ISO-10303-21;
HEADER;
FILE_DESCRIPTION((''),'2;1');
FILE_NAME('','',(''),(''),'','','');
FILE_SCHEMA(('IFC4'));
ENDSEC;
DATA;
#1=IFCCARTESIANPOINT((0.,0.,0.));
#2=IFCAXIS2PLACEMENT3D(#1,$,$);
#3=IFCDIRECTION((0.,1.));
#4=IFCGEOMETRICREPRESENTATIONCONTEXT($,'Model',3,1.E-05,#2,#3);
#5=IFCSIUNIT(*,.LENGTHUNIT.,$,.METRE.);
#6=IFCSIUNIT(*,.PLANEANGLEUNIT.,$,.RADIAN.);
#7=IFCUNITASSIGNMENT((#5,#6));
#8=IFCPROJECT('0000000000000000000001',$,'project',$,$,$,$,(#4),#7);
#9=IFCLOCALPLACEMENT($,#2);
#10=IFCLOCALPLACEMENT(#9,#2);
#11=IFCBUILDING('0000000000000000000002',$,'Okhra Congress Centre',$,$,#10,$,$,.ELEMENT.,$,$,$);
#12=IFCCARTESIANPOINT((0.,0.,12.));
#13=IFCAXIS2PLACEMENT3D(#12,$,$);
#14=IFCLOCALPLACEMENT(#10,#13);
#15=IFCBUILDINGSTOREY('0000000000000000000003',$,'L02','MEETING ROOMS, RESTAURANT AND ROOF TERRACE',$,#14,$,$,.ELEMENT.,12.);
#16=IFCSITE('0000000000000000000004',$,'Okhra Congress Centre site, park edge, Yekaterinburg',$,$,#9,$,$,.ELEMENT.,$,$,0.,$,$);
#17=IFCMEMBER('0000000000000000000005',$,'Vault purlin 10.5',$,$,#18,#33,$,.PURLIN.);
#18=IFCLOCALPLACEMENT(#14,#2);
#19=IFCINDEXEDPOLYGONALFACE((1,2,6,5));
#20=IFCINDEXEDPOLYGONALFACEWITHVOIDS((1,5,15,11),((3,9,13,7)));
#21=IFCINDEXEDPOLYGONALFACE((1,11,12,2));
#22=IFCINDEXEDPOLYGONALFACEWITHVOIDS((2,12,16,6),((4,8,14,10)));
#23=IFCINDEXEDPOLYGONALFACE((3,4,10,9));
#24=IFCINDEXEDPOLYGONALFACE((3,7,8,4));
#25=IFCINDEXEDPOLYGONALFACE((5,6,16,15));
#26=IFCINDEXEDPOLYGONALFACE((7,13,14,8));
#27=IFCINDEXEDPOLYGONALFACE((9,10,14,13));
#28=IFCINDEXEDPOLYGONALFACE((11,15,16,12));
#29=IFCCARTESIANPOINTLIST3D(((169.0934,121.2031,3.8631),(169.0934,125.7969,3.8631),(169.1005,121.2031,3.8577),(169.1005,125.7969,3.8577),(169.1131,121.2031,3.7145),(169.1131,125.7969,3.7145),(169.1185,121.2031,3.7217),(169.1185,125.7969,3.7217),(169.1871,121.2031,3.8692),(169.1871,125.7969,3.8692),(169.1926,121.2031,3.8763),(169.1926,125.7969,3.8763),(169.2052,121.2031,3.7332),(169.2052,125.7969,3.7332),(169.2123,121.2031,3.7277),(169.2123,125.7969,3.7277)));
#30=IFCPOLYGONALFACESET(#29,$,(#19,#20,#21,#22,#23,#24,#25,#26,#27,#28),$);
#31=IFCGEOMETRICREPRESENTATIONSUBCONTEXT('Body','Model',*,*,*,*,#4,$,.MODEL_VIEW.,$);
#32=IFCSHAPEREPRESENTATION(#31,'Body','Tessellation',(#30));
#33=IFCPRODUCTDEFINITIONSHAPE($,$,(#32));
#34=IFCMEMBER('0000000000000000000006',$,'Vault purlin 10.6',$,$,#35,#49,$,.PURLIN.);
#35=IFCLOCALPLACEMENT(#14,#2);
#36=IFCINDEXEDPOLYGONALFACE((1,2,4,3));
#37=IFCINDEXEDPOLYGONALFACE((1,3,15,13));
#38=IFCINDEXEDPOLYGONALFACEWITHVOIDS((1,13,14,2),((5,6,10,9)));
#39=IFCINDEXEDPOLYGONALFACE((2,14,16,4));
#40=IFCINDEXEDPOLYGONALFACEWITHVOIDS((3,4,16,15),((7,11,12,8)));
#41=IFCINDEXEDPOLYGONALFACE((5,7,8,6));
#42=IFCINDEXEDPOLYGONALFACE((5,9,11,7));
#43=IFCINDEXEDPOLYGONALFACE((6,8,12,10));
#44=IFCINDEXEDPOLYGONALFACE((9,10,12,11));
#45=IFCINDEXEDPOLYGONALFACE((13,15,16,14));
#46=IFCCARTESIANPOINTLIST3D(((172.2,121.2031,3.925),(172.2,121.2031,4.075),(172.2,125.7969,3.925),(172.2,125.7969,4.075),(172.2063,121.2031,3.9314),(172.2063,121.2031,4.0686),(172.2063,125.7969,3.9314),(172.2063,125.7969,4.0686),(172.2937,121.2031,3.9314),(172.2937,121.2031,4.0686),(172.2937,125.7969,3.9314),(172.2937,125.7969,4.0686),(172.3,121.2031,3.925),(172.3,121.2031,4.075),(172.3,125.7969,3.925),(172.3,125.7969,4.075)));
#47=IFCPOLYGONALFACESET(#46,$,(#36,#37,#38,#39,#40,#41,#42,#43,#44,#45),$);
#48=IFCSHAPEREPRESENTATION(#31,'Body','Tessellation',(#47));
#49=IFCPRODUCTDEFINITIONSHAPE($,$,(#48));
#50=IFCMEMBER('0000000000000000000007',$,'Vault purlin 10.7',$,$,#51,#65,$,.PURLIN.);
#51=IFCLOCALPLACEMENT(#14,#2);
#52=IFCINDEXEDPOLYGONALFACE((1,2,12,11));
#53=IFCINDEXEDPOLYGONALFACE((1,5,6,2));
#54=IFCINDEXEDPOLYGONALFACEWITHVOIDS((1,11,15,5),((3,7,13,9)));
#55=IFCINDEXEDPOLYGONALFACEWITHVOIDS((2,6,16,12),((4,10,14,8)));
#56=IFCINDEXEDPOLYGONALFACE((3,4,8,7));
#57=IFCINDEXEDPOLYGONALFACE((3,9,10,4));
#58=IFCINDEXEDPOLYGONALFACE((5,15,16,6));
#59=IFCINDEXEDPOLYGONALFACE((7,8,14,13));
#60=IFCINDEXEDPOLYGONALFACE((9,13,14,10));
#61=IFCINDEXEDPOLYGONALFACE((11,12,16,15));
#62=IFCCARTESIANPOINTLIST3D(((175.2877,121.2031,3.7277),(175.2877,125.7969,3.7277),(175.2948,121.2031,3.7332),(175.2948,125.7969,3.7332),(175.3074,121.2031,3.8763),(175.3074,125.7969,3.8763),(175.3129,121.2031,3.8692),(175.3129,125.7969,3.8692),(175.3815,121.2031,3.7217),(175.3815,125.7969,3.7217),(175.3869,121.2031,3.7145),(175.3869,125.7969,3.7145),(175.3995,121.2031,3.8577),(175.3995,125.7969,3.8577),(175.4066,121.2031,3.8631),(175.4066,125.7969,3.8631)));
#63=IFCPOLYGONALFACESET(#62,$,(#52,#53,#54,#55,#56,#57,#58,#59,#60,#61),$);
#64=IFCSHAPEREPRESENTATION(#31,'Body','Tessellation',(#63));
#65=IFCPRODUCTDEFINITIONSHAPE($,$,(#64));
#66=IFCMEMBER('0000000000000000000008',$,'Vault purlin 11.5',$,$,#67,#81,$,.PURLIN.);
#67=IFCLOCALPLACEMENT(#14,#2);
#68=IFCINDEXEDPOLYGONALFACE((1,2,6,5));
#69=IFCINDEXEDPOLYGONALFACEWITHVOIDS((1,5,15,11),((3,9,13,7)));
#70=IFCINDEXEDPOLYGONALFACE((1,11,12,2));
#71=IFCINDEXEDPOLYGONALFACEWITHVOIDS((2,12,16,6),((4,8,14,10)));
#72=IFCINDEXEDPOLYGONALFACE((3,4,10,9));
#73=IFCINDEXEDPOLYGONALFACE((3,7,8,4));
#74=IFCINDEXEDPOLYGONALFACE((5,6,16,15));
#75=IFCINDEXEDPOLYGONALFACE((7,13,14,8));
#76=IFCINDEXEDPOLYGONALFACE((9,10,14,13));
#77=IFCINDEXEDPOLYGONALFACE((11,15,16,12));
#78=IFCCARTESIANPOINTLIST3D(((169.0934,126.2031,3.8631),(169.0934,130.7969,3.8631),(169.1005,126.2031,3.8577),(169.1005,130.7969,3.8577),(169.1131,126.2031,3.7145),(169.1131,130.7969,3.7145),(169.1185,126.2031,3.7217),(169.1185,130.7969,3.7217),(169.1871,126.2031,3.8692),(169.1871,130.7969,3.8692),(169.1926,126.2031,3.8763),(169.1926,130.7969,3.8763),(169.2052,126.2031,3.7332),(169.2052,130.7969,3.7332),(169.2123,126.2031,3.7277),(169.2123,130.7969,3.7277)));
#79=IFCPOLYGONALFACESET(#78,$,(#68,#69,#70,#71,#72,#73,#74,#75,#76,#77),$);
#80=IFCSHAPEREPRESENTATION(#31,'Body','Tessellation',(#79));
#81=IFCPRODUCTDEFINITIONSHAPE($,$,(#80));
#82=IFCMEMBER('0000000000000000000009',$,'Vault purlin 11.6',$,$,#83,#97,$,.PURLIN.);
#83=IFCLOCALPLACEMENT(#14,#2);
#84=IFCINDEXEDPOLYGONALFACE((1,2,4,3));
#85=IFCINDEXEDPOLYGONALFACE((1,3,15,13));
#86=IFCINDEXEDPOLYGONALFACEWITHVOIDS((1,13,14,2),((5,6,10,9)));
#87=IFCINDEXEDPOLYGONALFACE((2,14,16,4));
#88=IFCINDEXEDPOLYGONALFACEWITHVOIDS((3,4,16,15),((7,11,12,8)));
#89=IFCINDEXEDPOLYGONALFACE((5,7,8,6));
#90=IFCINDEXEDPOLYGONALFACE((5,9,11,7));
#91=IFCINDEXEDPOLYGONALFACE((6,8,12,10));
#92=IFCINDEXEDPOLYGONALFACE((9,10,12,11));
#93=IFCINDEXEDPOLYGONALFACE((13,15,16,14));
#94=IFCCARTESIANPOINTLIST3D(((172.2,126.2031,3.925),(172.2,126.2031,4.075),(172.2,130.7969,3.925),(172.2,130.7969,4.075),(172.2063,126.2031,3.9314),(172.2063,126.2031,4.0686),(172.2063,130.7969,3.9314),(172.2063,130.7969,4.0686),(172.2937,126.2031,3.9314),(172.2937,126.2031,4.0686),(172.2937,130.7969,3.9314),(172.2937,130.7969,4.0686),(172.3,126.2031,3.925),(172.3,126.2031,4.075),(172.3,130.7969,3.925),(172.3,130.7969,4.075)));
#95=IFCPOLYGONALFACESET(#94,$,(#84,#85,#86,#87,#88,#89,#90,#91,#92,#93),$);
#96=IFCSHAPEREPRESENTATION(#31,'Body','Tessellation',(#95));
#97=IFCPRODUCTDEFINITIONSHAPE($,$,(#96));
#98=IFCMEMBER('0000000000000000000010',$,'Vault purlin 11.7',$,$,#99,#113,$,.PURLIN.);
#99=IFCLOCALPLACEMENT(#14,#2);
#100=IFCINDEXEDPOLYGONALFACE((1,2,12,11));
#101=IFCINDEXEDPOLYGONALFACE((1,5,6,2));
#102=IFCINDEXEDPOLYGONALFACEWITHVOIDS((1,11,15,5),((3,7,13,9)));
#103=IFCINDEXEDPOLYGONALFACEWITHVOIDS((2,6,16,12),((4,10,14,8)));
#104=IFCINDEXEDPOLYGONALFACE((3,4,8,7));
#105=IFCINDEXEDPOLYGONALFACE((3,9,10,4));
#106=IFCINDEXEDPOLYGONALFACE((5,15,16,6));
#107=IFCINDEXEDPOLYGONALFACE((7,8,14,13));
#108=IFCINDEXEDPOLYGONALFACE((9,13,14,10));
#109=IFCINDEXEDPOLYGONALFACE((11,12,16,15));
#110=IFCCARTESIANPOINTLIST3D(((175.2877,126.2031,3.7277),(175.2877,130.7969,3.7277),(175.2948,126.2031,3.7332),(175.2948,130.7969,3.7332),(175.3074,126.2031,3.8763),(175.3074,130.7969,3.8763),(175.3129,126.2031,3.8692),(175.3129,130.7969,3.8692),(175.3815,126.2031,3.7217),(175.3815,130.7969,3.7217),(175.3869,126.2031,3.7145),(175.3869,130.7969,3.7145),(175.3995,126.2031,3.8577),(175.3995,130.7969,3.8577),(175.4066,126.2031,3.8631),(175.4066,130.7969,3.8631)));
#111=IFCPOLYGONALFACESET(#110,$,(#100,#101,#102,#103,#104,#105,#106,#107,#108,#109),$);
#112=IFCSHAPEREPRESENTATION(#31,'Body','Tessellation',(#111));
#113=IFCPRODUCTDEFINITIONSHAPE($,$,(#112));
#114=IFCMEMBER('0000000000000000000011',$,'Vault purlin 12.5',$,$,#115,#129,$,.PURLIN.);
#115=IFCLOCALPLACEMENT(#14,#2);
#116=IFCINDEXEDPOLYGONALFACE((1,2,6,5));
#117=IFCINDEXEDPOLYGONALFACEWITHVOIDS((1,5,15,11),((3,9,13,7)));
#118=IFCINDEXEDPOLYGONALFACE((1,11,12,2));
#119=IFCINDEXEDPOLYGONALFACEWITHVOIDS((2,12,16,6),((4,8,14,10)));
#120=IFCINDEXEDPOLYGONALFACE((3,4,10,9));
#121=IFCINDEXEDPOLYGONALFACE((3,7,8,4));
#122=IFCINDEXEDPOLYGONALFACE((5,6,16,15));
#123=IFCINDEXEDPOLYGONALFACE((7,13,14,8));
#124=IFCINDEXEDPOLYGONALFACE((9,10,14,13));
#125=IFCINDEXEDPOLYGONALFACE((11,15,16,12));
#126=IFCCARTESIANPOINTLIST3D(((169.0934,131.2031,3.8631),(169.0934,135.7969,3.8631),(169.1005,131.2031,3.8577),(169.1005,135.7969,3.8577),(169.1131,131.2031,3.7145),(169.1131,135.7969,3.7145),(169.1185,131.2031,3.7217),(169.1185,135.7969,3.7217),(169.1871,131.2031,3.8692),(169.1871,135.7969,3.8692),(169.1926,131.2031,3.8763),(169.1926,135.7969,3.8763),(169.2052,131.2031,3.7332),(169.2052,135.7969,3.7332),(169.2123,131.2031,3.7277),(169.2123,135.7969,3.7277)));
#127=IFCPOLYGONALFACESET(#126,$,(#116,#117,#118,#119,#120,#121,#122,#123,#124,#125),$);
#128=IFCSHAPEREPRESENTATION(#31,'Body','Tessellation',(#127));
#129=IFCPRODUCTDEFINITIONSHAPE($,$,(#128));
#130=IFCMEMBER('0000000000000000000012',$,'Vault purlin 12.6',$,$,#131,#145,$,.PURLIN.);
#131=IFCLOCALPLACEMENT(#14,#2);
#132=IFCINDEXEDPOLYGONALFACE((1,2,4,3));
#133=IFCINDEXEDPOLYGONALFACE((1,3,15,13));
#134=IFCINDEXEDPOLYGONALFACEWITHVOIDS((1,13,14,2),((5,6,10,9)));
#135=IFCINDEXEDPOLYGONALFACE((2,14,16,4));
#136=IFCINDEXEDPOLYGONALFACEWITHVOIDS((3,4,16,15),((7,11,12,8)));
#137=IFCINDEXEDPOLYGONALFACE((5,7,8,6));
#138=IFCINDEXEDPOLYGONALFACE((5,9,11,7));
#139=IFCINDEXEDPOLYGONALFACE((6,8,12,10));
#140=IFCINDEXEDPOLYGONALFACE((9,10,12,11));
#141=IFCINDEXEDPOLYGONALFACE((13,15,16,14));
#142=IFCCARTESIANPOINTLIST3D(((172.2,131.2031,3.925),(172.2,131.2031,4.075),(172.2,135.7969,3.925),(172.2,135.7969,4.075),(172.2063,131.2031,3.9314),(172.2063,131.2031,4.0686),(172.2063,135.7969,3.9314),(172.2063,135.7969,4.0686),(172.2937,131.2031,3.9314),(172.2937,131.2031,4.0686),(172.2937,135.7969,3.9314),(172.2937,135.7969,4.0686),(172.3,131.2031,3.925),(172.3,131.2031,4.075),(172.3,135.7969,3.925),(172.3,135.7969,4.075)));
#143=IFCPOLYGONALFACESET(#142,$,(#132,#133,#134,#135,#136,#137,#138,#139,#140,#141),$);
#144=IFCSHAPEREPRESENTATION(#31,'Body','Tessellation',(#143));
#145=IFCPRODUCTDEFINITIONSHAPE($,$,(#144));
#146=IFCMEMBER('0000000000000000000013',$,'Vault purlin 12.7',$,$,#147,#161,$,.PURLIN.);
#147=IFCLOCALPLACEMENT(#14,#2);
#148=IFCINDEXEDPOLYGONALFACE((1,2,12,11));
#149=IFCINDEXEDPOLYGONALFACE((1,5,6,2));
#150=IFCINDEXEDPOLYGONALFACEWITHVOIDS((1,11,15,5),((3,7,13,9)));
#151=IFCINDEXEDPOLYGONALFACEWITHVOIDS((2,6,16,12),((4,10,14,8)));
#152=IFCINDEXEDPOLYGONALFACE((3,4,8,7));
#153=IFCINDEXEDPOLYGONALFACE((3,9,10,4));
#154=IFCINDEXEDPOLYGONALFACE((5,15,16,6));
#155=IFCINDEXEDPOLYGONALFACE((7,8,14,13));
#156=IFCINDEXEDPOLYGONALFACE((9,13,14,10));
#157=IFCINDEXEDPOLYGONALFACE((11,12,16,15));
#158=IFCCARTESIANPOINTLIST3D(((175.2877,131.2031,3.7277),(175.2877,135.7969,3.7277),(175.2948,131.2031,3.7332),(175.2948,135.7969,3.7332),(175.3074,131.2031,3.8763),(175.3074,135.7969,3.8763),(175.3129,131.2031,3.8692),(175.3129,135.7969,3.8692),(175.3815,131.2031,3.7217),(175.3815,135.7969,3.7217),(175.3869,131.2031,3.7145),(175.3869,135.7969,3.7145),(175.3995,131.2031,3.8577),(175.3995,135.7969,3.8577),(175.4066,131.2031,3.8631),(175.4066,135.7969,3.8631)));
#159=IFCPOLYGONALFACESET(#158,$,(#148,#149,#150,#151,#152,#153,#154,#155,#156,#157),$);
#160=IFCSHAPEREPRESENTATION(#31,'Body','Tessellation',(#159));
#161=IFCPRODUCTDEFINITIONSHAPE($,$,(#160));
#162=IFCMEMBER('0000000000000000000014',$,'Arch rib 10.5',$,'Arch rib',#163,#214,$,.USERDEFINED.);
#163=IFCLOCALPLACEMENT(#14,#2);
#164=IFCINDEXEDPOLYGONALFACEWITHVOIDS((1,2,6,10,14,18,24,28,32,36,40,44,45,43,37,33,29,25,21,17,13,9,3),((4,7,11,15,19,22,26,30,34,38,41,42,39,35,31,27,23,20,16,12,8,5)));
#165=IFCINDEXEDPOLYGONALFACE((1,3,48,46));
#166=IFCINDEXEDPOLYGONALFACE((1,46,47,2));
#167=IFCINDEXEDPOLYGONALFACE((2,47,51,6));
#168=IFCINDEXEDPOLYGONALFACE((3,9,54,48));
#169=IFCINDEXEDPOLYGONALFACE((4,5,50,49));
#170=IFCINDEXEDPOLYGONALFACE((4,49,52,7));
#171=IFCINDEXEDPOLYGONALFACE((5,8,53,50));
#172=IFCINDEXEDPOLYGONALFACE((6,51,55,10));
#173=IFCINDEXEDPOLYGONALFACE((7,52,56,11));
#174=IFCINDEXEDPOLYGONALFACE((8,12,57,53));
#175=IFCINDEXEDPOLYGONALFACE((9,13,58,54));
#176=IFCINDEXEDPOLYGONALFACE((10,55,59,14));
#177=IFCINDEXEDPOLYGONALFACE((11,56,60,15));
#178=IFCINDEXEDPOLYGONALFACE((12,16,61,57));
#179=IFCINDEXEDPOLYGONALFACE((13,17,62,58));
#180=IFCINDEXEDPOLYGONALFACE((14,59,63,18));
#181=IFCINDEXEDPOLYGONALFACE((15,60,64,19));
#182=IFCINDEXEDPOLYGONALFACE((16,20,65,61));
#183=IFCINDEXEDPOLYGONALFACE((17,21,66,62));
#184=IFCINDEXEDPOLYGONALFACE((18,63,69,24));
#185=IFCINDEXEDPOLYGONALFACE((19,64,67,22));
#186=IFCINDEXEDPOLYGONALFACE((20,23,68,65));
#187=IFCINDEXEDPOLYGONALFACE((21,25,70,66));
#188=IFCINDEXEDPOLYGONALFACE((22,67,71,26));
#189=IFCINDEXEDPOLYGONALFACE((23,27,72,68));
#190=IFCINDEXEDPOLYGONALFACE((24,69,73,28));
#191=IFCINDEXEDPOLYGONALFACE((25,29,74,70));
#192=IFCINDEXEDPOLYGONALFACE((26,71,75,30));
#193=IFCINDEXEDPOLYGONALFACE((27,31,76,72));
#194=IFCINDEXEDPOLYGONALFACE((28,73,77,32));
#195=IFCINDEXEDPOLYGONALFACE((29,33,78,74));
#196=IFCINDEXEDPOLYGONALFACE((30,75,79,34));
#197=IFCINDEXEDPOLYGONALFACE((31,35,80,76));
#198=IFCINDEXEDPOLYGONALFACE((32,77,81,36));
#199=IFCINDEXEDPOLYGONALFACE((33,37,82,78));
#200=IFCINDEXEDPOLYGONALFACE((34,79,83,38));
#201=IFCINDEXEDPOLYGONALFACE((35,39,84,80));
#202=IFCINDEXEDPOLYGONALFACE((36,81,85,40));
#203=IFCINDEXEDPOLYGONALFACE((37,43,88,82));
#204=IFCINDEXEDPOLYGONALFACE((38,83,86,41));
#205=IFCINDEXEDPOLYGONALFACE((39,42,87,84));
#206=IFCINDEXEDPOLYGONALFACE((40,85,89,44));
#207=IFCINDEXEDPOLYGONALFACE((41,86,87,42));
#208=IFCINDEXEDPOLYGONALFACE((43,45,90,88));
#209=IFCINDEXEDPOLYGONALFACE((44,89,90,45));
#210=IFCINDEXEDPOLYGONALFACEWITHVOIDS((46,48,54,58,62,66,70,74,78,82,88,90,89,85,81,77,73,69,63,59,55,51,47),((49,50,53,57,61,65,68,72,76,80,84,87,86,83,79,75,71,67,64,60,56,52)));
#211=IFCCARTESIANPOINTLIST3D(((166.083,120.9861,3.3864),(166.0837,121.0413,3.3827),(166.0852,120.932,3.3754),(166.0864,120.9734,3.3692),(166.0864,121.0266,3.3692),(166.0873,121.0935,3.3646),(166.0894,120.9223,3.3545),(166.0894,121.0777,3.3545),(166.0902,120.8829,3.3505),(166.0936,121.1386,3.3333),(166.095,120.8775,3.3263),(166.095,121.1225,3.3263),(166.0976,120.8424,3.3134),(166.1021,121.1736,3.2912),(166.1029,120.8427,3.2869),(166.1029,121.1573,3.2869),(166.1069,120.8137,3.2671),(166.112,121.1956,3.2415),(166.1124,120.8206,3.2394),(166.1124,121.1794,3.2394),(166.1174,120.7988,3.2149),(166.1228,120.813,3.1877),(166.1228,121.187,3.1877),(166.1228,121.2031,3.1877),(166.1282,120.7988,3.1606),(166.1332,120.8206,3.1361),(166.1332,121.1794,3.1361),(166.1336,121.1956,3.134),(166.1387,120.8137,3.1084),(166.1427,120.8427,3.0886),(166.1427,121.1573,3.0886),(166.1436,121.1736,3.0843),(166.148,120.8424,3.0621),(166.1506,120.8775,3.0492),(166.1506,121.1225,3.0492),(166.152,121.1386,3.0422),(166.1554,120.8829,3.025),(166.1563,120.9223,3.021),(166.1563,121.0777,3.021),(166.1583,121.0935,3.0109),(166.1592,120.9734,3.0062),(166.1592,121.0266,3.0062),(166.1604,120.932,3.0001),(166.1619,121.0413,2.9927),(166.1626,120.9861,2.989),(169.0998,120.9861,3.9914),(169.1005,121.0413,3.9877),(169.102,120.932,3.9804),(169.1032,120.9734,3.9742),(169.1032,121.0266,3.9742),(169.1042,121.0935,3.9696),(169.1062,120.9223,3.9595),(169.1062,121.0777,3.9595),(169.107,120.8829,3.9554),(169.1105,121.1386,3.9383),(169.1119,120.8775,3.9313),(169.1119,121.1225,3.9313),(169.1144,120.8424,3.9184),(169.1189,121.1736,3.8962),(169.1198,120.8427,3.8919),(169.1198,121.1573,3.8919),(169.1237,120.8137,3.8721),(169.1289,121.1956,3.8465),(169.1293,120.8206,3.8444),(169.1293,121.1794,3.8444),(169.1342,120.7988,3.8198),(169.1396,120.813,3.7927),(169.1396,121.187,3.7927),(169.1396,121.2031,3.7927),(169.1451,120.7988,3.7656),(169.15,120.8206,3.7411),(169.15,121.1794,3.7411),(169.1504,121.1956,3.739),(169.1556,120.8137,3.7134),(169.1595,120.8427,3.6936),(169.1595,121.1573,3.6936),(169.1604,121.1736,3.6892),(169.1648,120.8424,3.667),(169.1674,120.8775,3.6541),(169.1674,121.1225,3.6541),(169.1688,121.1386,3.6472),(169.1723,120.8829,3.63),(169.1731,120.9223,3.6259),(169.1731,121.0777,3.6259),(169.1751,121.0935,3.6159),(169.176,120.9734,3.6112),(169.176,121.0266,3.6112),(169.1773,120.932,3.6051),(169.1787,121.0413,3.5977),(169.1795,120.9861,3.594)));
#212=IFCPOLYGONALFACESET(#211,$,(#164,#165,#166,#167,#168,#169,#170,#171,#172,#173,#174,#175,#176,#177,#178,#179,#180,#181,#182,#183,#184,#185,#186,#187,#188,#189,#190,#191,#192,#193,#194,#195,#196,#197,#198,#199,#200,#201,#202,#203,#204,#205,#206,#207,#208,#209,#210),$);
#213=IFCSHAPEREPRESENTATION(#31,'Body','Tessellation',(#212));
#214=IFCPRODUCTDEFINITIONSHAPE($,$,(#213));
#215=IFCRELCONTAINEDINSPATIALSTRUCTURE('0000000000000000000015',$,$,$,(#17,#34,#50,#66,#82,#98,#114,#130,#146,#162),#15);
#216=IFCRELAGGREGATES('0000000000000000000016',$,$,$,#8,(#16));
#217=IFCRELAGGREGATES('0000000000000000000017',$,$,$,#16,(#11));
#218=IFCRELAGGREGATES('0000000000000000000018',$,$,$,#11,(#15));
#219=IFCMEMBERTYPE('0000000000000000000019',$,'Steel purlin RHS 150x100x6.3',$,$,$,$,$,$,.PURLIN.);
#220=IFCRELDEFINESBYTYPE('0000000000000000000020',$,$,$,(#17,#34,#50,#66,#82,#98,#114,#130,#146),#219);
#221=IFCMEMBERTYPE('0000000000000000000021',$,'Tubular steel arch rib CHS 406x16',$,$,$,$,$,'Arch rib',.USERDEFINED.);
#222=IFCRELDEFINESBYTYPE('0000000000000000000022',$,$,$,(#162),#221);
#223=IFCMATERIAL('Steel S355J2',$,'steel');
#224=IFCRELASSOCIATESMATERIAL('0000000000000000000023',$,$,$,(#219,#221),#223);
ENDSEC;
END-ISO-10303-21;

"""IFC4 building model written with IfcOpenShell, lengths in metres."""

from ifc_helpers import new_model, si_unit, direction, frame, origin, origin_2d, place, context, subcontext, project, spatial, hollow_rectangle, hollow_circle, extrude, material, material_profile, profile_set, type_object, element, save


model = new_model("IFC4")

# Units and contexts
model_context = context("Model", 3, precision=1e-05, world=origin(), true_north=direction((0.0, 1.0)))
body_context = subcontext(model_context, "Body", "Model", "MODEL_VIEW")
ifc_project = project(units=[si_unit("LENGTHUNIT", "METRE"), si_unit("PLANEANGLEUNIT", "RADIAN")], contexts=[model_context])

# Site, building, storey
site_placement = place(None, origin())
site = spatial("IfcSite", under=ifc_project, at=site_placement, Name="Okhra Congress Centre site, park edge, Yekaterinburg", CompositionType="ELEMENT", RefElevation=0.0)
building_placement = place(site_placement, origin())
building = spatial("IfcBuilding", under=site, at=building_placement, Name="Okhra Congress Centre", CompositionType="ELEMENT")
storey_placement = place(building_placement, frame((0.0, 0.0, 12.0)))
storey = spatial("IfcBuildingStorey", under=building, at=storey_placement, Name="L02", Description="MEETING ROOMS, RESTAURANT AND ROOF TERRACE", CompositionType="ELEMENT", Elevation=12.0)

# Members
ifc_material_1 = material(Name="Steel S355J2", Category="steel")
ifc_material_profile_1 = material_profile(ifc_material_1, hollow_rectangle(XDim=0.1001, YDim=0.1499, WallThickness=0.0063, at=origin_2d()), Name="RHS 150x100x6.3")
ifc_profile_set_1 = profile_set([ifc_material_profile_1], Name="Steel S355J2")
member_type_1 = type_object("IfcMemberType", Name="Steel purlin RHS 150x100x6.3", PredefinedType="PURLIN", material=ifc_profile_set_1)
for number, where, z_axis, x_axis, name in (
    (1, (169.1528, 121.2031, 3.7954), (0.0, 1.0, 0.0), (-0.991307, 0.0, -0.131568), "Vault purlin 10.5"),
    (2, (172.25, 121.2031, 4.0), (0.0, 1.0, 0.0), (-1.0, 0.0, 0.0), "Vault purlin 10.6"),
    (3, (175.3472, 121.2031, 3.7954), (0.0, 1.0, 0.0), (-0.991307, 0.0, 0.131568), "Vault purlin 10.7"),
    (4, (169.1528, 126.2031, 3.7954), (0.0, 1.0, 0.0), (-0.991307, 0.0, -0.131568), "Vault purlin 11.5"),
    (5, (172.25, 126.2031, 4.0), (0.0, 1.0, 0.0), (-1.0, 0.0, 0.0), "Vault purlin 11.6"),
    (6, (175.3472, 126.2031, 3.7954), (0.0, 1.0, 0.0), (-0.991307, 0.0, 0.131568), "Vault purlin 11.7"),
    (7, (169.1528, 131.2031, 3.7954), (0.0, 1.0, 0.0), (-0.991307, 0.0, -0.131568), "Vault purlin 12.5"),
    (8, (172.25, 131.2031, 4.0), (0.0, 1.0, 0.0), (-1.0, 0.0, 0.0), "Vault purlin 12.6"),
    (9, (175.3472, 131.2031, 3.7954), (0.0, 1.0, 0.0), (-0.991307, 0.0, 0.131568), "Vault purlin 12.7"),
):
    element("IfcMember", number, at=place(storey_placement, frame(where, z_axis=z_axis, x_axis=x_axis)), inside=storey, type_object=member_type_1, Name=name, PredefinedType="PURLIN", context=body_context, shape_type="SweptSolid", body=[
        extrude(hollow_rectangle(XDim=0.1001, YDim=0.1499, WallThickness=0.0063, at=origin_2d()), origin(), (0.0, 0.0, 1.0), 4.5938),
    ])
ifc_material_profile_2 = material_profile(ifc_material_1, hollow_circle(Radius=0.2031, WallThickness=0.0161, at=origin_2d()), Name="CHS 406.4x16")
ifc_profile_set_2 = profile_set([ifc_material_profile_2], Name="Steel S355J2")
member_type_2 = type_object("IfcMemberType", Name="Tubular steel arch rib CHS 406x16", ElementType="Arch rib", PredefinedType="USERDEFINED", material=ifc_profile_set_2)
for number, where, z_axis, x_axis, name in (
    (10, (166.1228, 121.0, 3.1877), (0.98048, 0.0, 0.19662), (0.0, 1.0, 0.0), "Arch rib 10.5"),
):
    element("IfcMember", number, at=place(storey_placement, frame(where, z_axis=z_axis, x_axis=x_axis)), inside=storey, type_object=member_type_2, Name=name, ObjectType="Arch rib", PredefinedType="USERDEFINED", context=body_context, shape_type="SweptSolid", body=[
        extrude(hollow_circle(Radius=0.2031, WallThickness=0.0161, at=origin_2d()), origin(), (0.0, 0.0, 1.0), 3.0769),
    ])

save(model, "model.ifc")
